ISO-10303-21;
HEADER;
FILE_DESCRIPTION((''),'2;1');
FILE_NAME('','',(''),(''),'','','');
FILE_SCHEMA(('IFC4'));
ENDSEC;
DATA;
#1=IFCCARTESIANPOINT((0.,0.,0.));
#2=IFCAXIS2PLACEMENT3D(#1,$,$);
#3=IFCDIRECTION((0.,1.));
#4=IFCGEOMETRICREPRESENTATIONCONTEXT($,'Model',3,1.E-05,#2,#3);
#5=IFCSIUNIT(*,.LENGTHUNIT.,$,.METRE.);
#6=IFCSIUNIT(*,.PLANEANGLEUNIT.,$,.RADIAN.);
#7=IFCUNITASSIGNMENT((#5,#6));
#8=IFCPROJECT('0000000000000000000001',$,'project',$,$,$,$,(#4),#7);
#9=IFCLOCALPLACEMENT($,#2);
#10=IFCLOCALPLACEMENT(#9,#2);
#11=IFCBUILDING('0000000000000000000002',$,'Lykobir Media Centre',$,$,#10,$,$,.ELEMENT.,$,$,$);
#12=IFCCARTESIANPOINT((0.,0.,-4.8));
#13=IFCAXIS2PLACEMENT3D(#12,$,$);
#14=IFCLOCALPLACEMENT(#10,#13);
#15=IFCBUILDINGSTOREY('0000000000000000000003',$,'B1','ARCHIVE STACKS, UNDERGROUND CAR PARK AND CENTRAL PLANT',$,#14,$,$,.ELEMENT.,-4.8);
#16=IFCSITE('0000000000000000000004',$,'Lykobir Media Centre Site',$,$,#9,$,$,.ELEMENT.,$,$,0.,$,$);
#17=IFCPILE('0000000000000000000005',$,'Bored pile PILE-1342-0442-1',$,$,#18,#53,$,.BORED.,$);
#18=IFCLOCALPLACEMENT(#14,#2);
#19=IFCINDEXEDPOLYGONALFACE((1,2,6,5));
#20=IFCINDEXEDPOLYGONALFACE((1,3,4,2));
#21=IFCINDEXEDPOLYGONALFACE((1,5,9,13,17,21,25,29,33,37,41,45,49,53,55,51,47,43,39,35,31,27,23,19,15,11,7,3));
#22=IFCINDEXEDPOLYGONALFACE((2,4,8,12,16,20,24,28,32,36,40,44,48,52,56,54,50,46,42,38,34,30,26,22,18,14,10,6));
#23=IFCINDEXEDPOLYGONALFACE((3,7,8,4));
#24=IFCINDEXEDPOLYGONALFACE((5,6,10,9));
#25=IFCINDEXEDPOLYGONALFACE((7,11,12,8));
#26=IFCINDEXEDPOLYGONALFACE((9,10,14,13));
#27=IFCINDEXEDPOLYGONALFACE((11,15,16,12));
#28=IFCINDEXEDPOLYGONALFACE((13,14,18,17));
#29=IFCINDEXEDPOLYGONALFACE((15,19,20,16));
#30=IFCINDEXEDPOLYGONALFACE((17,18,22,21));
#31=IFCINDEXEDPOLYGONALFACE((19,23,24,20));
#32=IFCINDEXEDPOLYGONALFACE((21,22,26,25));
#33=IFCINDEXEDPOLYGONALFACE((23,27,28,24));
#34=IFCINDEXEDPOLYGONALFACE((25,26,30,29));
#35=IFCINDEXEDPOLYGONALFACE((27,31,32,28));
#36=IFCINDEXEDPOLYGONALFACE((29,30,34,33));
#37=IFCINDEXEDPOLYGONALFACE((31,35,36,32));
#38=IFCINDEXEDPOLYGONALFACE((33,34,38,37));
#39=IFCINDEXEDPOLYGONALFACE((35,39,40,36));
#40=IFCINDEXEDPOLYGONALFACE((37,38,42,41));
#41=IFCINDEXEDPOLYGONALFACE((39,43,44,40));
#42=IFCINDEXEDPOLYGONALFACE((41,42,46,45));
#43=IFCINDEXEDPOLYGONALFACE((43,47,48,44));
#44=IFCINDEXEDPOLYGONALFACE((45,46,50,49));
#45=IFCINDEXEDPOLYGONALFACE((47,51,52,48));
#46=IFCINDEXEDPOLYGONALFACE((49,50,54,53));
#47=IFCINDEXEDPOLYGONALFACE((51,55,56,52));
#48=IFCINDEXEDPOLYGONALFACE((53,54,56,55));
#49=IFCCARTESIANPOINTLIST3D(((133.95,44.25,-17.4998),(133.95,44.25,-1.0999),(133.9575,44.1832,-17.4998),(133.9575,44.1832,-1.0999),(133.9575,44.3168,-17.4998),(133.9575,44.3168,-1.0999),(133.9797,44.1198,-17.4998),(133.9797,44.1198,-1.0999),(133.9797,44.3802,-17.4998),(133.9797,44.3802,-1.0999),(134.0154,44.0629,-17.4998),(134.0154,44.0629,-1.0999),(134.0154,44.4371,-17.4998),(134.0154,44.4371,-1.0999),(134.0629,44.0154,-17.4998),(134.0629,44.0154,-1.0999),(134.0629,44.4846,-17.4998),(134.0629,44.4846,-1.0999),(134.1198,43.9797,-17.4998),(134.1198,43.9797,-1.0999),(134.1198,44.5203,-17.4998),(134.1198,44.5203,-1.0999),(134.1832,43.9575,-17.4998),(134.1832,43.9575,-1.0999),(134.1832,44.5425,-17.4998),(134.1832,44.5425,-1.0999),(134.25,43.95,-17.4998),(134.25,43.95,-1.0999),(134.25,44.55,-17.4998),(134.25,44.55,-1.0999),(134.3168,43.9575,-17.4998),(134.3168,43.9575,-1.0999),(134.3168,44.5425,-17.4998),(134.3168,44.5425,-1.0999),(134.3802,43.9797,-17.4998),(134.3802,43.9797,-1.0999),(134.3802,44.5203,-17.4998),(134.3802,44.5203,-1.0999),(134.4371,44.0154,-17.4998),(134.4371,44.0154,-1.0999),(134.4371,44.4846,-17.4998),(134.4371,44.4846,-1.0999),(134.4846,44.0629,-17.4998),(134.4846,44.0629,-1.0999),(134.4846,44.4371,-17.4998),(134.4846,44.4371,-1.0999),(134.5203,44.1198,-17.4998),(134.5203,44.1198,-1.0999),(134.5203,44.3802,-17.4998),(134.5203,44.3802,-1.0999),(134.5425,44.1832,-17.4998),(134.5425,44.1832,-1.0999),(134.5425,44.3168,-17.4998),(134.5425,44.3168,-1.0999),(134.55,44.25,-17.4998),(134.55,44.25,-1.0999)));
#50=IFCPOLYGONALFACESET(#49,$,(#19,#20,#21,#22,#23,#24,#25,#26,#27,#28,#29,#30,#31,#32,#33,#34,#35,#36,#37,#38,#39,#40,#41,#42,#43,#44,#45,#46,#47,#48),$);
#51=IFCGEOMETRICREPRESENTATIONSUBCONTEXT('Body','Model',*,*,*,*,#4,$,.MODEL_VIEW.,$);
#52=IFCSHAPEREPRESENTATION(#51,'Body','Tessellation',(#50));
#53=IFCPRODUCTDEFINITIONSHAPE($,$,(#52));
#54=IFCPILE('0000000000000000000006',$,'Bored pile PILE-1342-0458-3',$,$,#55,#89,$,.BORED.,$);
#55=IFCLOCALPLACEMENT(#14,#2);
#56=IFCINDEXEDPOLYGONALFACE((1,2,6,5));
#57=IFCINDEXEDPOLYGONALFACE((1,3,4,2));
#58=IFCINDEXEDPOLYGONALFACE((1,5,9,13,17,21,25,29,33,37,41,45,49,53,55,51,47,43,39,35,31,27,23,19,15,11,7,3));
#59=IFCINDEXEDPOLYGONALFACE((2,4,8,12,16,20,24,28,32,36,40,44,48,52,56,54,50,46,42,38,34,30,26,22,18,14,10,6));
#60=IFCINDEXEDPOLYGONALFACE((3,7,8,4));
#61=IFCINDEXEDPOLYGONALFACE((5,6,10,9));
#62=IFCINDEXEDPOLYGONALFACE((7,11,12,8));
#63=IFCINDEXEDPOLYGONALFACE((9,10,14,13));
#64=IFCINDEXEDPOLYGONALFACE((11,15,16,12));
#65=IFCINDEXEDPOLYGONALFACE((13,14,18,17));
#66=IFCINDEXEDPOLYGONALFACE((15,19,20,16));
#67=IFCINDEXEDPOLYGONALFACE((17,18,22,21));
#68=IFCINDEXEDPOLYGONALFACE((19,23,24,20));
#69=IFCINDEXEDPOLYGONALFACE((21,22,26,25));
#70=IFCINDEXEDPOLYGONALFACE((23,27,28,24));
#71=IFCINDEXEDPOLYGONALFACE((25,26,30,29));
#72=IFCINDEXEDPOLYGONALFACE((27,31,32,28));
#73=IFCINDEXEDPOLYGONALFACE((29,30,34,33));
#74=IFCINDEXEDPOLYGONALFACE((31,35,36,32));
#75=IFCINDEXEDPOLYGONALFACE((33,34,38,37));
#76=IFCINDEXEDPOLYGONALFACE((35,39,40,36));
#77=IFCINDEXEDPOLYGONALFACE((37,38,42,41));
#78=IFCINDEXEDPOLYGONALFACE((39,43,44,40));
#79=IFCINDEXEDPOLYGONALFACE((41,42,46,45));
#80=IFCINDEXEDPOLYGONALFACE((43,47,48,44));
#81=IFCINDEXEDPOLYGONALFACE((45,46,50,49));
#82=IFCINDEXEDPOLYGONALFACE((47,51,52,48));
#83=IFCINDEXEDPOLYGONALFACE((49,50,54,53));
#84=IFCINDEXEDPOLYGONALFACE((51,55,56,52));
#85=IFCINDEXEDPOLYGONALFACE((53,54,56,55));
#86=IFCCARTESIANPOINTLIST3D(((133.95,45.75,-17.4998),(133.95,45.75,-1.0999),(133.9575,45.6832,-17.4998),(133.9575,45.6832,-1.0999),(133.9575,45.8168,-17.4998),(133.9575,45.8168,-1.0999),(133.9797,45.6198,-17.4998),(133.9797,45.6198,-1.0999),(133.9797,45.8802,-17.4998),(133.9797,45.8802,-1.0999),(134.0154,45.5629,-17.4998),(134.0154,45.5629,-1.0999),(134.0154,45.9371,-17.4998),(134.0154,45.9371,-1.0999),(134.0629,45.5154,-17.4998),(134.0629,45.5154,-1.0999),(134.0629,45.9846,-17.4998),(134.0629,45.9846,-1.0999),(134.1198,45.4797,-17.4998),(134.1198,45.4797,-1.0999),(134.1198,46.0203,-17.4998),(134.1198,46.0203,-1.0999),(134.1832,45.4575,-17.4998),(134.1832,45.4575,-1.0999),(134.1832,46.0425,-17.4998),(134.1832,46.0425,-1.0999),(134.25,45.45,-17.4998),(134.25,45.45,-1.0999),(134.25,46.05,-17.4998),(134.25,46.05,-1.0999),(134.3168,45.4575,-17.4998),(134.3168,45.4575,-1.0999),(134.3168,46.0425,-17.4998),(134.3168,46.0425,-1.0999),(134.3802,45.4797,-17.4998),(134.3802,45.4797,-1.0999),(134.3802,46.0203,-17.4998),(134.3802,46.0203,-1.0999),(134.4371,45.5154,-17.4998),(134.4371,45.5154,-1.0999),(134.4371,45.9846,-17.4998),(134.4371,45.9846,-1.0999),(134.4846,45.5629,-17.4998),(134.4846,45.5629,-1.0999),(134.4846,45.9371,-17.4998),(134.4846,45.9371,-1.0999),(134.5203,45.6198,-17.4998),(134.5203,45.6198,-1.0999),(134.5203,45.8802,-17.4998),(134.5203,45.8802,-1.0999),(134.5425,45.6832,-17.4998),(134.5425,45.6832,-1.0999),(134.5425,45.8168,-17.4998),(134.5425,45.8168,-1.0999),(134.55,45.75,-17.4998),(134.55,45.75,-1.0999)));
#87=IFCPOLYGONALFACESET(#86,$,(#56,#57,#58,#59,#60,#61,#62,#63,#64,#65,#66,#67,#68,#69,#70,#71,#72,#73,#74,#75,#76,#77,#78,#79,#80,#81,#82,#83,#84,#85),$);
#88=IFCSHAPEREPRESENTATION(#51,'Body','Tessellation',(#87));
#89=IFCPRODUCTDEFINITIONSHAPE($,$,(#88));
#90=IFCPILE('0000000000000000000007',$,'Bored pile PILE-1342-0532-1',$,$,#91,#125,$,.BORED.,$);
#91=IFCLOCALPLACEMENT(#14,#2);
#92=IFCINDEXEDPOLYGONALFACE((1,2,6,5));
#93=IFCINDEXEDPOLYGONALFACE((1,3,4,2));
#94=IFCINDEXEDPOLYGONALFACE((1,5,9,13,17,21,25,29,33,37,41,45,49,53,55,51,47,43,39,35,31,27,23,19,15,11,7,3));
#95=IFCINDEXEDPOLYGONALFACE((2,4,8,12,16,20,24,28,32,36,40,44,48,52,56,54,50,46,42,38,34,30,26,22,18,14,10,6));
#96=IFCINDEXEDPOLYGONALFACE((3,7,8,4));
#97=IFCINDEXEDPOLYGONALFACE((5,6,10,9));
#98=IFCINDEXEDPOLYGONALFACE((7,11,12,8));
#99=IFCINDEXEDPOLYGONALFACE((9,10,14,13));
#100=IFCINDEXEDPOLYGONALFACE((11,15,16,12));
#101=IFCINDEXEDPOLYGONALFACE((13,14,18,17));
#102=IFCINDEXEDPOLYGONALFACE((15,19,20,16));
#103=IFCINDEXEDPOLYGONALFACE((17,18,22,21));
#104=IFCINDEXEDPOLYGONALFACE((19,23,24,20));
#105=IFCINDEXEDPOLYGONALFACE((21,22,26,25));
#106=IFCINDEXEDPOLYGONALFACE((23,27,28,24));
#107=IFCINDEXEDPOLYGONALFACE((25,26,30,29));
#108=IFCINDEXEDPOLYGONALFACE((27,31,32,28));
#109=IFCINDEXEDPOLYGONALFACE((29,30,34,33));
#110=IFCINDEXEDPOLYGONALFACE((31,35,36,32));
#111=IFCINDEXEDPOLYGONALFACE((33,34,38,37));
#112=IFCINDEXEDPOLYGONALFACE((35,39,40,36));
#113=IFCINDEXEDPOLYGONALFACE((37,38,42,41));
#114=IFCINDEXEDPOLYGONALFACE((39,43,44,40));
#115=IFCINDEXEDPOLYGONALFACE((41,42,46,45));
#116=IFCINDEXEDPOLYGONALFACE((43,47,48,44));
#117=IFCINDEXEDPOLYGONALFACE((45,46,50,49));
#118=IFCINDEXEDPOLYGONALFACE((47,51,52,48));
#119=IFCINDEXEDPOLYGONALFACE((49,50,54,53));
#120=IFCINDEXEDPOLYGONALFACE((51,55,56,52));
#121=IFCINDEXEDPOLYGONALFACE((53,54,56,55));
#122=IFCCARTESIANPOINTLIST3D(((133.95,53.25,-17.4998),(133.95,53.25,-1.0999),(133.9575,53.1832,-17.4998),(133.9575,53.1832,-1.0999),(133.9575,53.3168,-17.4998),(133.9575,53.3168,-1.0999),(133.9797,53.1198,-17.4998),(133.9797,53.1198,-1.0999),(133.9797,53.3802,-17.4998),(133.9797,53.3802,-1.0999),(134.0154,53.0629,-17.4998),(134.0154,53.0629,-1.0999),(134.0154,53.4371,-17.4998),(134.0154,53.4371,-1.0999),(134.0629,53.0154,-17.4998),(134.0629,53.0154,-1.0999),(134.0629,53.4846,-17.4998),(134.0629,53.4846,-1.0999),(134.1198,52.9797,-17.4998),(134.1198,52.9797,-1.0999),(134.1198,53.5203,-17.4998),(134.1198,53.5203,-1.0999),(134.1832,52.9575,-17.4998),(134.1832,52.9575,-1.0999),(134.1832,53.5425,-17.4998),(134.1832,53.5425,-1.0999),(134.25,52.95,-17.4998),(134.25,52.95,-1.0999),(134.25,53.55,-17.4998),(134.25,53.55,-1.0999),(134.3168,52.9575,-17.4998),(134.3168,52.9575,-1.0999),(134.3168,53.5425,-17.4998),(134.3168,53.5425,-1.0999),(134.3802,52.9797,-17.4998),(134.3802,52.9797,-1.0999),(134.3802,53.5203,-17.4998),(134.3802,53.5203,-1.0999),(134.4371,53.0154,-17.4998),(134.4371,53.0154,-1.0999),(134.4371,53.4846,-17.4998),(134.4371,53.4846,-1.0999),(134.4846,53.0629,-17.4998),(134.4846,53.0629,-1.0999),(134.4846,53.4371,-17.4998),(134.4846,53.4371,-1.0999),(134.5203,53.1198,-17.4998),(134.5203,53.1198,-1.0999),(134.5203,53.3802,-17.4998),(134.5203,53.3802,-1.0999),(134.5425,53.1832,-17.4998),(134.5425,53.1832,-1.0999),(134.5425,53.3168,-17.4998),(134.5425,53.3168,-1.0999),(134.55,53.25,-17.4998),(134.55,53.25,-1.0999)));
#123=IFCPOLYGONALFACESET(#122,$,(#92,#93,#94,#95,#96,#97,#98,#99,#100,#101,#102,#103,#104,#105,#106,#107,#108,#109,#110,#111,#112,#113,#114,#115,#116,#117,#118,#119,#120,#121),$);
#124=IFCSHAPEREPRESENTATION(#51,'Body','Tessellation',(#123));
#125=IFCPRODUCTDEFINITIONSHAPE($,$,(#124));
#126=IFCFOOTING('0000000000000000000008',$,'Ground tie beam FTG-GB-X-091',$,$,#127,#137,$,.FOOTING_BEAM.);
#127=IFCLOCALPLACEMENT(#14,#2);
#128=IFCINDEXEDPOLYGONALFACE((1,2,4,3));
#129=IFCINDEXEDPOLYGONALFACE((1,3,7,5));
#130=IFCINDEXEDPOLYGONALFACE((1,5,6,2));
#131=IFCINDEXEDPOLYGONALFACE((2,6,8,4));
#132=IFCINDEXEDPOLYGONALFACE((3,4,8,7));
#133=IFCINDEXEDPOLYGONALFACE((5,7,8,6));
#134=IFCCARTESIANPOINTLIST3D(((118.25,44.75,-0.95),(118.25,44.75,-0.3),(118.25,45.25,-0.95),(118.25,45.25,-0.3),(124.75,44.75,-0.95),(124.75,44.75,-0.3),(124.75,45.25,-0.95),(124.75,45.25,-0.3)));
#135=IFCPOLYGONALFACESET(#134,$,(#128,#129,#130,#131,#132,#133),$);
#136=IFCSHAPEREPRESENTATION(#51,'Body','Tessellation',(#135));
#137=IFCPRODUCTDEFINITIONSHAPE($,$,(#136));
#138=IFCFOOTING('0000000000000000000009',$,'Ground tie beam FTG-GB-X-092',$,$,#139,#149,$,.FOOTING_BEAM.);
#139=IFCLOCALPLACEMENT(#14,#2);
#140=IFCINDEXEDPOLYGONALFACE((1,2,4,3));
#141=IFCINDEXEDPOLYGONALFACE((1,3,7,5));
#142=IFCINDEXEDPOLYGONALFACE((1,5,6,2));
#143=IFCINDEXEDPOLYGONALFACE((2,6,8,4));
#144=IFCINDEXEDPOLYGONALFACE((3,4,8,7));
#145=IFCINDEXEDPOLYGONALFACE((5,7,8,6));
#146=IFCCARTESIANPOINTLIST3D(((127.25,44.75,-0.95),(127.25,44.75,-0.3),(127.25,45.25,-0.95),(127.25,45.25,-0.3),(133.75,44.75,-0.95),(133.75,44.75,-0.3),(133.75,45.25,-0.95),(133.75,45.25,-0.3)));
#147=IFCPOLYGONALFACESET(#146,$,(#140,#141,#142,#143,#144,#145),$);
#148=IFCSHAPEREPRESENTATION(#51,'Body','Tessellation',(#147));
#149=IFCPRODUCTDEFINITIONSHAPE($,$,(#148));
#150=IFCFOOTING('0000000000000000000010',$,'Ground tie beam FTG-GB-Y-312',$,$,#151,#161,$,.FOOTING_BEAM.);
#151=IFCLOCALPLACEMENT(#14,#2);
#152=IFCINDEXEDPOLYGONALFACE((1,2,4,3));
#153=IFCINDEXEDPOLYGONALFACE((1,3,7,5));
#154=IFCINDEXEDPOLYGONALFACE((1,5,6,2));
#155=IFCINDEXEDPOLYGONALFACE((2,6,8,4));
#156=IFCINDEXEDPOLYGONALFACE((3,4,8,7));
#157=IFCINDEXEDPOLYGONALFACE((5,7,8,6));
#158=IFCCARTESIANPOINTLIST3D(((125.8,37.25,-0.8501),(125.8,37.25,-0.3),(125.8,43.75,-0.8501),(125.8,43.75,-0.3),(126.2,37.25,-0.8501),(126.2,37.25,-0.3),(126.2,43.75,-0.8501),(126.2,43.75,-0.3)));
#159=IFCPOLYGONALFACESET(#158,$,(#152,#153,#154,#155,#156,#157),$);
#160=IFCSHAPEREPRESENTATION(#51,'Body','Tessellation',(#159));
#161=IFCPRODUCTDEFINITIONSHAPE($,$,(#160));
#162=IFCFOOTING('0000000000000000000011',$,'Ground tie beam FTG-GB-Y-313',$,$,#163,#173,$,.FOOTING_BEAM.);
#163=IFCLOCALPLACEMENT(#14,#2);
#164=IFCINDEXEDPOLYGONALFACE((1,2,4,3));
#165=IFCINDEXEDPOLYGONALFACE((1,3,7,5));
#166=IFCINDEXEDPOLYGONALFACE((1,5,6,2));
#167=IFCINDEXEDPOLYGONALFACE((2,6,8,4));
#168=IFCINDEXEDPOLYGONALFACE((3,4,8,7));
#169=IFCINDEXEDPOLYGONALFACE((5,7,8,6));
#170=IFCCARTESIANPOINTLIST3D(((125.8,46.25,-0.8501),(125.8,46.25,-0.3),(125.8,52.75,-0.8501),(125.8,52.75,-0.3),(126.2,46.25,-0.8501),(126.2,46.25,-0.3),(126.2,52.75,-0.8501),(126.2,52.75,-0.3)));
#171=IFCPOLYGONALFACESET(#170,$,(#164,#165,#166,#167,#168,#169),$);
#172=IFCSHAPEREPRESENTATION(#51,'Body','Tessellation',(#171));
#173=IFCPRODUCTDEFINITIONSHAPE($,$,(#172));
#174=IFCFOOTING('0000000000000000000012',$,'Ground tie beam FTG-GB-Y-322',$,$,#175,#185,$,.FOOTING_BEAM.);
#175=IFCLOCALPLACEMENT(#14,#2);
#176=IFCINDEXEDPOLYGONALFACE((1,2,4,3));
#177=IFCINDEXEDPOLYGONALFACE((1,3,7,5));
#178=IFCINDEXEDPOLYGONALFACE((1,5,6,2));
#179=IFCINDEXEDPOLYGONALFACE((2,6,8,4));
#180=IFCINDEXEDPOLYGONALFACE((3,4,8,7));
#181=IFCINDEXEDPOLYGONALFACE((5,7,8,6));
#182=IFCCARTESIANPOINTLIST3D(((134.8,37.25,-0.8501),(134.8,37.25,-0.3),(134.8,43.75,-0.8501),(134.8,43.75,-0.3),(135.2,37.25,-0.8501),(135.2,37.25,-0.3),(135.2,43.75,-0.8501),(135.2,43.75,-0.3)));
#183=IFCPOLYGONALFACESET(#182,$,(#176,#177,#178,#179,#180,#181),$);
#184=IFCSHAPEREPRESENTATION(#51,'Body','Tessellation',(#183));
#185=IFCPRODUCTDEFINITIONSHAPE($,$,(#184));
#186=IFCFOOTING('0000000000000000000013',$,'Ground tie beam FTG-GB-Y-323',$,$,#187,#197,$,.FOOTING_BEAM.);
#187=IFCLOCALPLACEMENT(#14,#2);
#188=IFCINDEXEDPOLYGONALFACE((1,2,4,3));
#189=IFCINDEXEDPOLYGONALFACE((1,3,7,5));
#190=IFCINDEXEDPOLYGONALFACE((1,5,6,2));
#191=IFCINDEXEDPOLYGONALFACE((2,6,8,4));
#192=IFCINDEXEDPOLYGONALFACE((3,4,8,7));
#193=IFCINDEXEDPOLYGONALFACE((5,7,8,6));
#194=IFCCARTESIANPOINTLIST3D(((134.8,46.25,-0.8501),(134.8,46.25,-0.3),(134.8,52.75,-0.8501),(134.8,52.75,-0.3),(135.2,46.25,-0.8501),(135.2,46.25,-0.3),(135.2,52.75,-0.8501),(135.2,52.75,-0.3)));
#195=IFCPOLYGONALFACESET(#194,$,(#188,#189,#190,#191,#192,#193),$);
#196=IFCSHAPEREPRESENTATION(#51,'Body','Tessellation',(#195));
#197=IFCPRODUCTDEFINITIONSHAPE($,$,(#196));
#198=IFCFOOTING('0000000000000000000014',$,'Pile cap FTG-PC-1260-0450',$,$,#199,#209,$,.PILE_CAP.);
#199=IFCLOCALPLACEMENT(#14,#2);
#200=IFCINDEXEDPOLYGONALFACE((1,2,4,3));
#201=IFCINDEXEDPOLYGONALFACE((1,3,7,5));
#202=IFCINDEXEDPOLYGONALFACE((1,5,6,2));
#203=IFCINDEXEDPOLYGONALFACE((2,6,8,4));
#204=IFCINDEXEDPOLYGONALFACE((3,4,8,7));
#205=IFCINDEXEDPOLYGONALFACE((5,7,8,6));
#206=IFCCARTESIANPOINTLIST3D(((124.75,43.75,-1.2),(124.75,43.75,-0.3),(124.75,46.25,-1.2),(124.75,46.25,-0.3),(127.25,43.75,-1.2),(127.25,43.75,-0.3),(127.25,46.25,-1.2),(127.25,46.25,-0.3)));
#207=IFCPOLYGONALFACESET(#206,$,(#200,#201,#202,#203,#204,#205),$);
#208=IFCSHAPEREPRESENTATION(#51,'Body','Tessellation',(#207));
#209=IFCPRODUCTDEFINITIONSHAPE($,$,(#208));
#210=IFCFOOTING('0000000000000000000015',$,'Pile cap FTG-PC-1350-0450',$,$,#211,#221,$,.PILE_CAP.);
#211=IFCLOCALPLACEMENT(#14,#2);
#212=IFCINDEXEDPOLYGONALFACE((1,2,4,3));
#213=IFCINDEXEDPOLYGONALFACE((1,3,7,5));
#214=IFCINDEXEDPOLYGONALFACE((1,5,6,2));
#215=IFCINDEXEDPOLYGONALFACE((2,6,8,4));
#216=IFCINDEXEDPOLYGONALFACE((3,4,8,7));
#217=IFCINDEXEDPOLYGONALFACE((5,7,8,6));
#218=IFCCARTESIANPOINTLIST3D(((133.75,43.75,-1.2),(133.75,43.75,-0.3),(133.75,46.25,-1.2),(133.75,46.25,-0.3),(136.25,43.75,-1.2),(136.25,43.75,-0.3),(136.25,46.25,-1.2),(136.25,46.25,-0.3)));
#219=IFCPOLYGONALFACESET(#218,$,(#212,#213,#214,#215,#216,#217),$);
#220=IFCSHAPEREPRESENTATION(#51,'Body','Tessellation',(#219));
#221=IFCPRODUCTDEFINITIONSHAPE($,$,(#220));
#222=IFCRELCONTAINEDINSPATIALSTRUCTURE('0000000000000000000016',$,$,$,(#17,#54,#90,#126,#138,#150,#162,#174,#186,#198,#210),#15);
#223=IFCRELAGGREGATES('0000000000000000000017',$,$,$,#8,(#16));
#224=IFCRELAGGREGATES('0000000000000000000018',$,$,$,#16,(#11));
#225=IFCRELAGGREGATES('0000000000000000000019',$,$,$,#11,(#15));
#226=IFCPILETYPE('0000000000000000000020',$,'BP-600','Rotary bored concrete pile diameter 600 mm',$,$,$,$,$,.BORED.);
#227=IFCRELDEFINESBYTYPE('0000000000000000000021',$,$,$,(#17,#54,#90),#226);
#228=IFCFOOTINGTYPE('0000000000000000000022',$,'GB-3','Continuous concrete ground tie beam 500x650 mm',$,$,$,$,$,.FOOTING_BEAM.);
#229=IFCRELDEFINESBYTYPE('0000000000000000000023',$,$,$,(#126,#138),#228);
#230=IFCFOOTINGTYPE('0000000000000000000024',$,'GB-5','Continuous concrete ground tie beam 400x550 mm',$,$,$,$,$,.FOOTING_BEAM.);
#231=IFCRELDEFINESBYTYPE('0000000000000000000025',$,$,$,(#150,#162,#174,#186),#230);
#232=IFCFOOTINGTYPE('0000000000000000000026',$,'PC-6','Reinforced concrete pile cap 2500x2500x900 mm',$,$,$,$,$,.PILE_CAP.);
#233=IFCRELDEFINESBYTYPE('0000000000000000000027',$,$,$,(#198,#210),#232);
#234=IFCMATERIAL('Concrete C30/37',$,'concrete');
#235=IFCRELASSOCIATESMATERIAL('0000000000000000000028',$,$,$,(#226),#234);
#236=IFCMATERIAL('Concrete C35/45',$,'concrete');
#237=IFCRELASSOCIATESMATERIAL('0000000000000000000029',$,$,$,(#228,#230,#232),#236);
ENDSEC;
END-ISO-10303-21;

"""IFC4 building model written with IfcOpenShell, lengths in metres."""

from ifc_helpers import new_model, si_unit, direction, frame, origin, origin_2d, place, context, subcontext, project, spatial, rectangle, circle, extrude, material, material_profile, profile_set, type_object, element, save


model = new_model("IFC4")

# Units and contexts
model_context = context("Model", 3, precision=1e-05, world=origin(), true_north=direction((0.0, 1.0)))
body_context = subcontext(model_context, "Body", "Model", "MODEL_VIEW")
ifc_project = project(units=[si_unit("LENGTHUNIT", "METRE"), si_unit("PLANEANGLEUNIT", "RADIAN")], contexts=[model_context])

# Site, building, storey
site_placement = place(None, origin())
site = spatial("IfcSite", under=ifc_project, at=site_placement, Name="Lykobir Media Centre Site", CompositionType="ELEMENT", RefElevation=0.0)
building_placement = place(site_placement, origin())
building = spatial("IfcBuilding", under=site, at=building_placement, Name="Lykobir Media Centre", CompositionType="ELEMENT")
storey_placement = place(building_placement, frame((0.0, 0.0, -4.8)))
storey = spatial("IfcBuildingStorey", under=building, at=storey_placement, Name="B1", Description="ARCHIVE STACKS, UNDERGROUND CAR PARK AND CENTRAL PLANT", CompositionType="ELEMENT", Elevation=-4.8)

# Piles
ifc_material_1 = material(Name="Concrete C30/37", Category="concrete")
ifc_material_profile_1 = material_profile(ifc_material_1, circle(Radius=0.3, at=origin_2d()), Name="BORED PILE D600")
ifc_profile_set_1 = profile_set([ifc_material_profile_1], Name="Concrete C30/37")
pile_type = type_object("IfcPileType", Name="BP-600", Description="Rotary bored concrete pile diameter 600 mm", PredefinedType="BORED", material=ifc_profile_set_1)
for number, where, z_axis, x_axis, name in (
    (1, (134.25, 44.25, -1.0999), (0.0, 0.0, -1.0), (1.0, 0.0, 0.0), "Bored pile PILE-1342-0442-1"),
    (2, (134.25, 45.75, -1.0999), (0.0, 0.0, -1.0), (1.0, 0.0, 0.0), "Bored pile PILE-1342-0458-3"),
    (3, (134.25, 53.25, -1.0999), (0.0, 0.0, -1.0), (1.0, 0.0, 0.0), "Bored pile PILE-1342-0532-1"),
):
    element("IfcPile", number, at=place(storey_placement, frame(where, z_axis=z_axis, x_axis=x_axis)), inside=storey, type_object=pile_type, Name=name, PredefinedType="BORED", context=body_context, shape_type="SweptSolid", body=[
        extrude(circle(Radius=0.3, at=origin_2d()), origin(), (0.0, 0.0, 1.0), 16.3999),
    ])

# Footings
ifc_material_2 = material(Name="Concrete C35/45", Category="concrete")
footing_type_1 = type_object("IfcFootingType", Name="GB-3", Description="Continuous concrete ground tie beam 500x650 mm", PredefinedType="FOOTING_BEAM", material=ifc_material_2)
for number, where, z_axis, x_axis, name in (
    (4, (121.5, 45.0, -0.95), (0.0, 0.0, 1.0), (1.0, 0.0, 0.0), "Ground tie beam FTG-GB-X-091"),
    (5, (130.5, 45.0, -0.95), (0.0, 0.0, 1.0), (1.0, 0.0, 0.0), "Ground tie beam FTG-GB-X-092"),
):
    element("IfcFooting", number, at=place(storey_placement, frame(where, z_axis=z_axis, x_axis=x_axis)), inside=storey, type_object=footing_type_1, Name=name, PredefinedType="FOOTING_BEAM", context=body_context, shape_type="SweptSolid", body=[
        extrude(rectangle(XDim=6.5, YDim=0.5, at=origin_2d()), origin(), (0.0, 0.0, 1.0), 0.6499),
    ])
footing_type_2 = type_object("IfcFootingType", Name="GB-5", Description="Continuous concrete ground tie beam 400x550 mm", PredefinedType="FOOTING_BEAM", material=ifc_material_2)
for number, where, z_axis, x_axis, name in (
    (6, (126.0, 40.5, -0.8501), (0.0, 0.0, 1.0), (0.0, 1.0, 0.0), "Ground tie beam FTG-GB-Y-312"),
    (7, (126.0, 49.5, -0.8501), (0.0, 0.0, 1.0), (0.0, 1.0, 0.0), "Ground tie beam FTG-GB-Y-313"),
    (8, (135.0, 40.5, -0.8501), (0.0, 0.0, 1.0), (0.0, 1.0, 0.0), "Ground tie beam FTG-GB-Y-322"),
    (9, (135.0, 49.5, -0.8501), (0.0, 0.0, 1.0), (0.0, 1.0, 0.0), "Ground tie beam FTG-GB-Y-323"),
):
    element("IfcFooting", number, at=place(storey_placement, frame(where, z_axis=z_axis, x_axis=x_axis)), inside=storey, type_object=footing_type_2, Name=name, PredefinedType="FOOTING_BEAM", context=body_context, shape_type="SweptSolid", body=[
        extrude(rectangle(XDim=6.5, YDim=0.3999, at=origin_2d()), origin(), (0.0, 0.0, 1.0), 0.55),
    ])
footing_type_3 = type_object("IfcFootingType", Name="PC-6", Description="Reinforced concrete pile cap 2500x2500x900 mm", PredefinedType="PILE_CAP", material=ifc_material_2)
for number, where, z_axis, x_axis, name in (
    (10, (126.0, 45.0, -1.2), (0.0, 0.0, 1.0), (1.0, 0.0, 0.0), "Pile cap FTG-PC-1260-0450"),
    (11, (135.0, 45.0, -1.2), (0.0, 0.0, 1.0), (1.0, 0.0, 0.0), "Pile cap FTG-PC-1350-0450"),
):
    element("IfcFooting", number, at=place(storey_placement, frame(where, z_axis=z_axis, x_axis=x_axis)), inside=storey, type_object=footing_type_3, Name=name, PredefinedType="PILE_CAP", context=body_context, shape_type="SweptSolid", body=[
        extrude(rectangle(XDim=2.5, YDim=2.5, at=origin_2d()), origin(), (0.0, 0.0, 1.0), 0.8999),
    ])

save(model, "model.ifc")
